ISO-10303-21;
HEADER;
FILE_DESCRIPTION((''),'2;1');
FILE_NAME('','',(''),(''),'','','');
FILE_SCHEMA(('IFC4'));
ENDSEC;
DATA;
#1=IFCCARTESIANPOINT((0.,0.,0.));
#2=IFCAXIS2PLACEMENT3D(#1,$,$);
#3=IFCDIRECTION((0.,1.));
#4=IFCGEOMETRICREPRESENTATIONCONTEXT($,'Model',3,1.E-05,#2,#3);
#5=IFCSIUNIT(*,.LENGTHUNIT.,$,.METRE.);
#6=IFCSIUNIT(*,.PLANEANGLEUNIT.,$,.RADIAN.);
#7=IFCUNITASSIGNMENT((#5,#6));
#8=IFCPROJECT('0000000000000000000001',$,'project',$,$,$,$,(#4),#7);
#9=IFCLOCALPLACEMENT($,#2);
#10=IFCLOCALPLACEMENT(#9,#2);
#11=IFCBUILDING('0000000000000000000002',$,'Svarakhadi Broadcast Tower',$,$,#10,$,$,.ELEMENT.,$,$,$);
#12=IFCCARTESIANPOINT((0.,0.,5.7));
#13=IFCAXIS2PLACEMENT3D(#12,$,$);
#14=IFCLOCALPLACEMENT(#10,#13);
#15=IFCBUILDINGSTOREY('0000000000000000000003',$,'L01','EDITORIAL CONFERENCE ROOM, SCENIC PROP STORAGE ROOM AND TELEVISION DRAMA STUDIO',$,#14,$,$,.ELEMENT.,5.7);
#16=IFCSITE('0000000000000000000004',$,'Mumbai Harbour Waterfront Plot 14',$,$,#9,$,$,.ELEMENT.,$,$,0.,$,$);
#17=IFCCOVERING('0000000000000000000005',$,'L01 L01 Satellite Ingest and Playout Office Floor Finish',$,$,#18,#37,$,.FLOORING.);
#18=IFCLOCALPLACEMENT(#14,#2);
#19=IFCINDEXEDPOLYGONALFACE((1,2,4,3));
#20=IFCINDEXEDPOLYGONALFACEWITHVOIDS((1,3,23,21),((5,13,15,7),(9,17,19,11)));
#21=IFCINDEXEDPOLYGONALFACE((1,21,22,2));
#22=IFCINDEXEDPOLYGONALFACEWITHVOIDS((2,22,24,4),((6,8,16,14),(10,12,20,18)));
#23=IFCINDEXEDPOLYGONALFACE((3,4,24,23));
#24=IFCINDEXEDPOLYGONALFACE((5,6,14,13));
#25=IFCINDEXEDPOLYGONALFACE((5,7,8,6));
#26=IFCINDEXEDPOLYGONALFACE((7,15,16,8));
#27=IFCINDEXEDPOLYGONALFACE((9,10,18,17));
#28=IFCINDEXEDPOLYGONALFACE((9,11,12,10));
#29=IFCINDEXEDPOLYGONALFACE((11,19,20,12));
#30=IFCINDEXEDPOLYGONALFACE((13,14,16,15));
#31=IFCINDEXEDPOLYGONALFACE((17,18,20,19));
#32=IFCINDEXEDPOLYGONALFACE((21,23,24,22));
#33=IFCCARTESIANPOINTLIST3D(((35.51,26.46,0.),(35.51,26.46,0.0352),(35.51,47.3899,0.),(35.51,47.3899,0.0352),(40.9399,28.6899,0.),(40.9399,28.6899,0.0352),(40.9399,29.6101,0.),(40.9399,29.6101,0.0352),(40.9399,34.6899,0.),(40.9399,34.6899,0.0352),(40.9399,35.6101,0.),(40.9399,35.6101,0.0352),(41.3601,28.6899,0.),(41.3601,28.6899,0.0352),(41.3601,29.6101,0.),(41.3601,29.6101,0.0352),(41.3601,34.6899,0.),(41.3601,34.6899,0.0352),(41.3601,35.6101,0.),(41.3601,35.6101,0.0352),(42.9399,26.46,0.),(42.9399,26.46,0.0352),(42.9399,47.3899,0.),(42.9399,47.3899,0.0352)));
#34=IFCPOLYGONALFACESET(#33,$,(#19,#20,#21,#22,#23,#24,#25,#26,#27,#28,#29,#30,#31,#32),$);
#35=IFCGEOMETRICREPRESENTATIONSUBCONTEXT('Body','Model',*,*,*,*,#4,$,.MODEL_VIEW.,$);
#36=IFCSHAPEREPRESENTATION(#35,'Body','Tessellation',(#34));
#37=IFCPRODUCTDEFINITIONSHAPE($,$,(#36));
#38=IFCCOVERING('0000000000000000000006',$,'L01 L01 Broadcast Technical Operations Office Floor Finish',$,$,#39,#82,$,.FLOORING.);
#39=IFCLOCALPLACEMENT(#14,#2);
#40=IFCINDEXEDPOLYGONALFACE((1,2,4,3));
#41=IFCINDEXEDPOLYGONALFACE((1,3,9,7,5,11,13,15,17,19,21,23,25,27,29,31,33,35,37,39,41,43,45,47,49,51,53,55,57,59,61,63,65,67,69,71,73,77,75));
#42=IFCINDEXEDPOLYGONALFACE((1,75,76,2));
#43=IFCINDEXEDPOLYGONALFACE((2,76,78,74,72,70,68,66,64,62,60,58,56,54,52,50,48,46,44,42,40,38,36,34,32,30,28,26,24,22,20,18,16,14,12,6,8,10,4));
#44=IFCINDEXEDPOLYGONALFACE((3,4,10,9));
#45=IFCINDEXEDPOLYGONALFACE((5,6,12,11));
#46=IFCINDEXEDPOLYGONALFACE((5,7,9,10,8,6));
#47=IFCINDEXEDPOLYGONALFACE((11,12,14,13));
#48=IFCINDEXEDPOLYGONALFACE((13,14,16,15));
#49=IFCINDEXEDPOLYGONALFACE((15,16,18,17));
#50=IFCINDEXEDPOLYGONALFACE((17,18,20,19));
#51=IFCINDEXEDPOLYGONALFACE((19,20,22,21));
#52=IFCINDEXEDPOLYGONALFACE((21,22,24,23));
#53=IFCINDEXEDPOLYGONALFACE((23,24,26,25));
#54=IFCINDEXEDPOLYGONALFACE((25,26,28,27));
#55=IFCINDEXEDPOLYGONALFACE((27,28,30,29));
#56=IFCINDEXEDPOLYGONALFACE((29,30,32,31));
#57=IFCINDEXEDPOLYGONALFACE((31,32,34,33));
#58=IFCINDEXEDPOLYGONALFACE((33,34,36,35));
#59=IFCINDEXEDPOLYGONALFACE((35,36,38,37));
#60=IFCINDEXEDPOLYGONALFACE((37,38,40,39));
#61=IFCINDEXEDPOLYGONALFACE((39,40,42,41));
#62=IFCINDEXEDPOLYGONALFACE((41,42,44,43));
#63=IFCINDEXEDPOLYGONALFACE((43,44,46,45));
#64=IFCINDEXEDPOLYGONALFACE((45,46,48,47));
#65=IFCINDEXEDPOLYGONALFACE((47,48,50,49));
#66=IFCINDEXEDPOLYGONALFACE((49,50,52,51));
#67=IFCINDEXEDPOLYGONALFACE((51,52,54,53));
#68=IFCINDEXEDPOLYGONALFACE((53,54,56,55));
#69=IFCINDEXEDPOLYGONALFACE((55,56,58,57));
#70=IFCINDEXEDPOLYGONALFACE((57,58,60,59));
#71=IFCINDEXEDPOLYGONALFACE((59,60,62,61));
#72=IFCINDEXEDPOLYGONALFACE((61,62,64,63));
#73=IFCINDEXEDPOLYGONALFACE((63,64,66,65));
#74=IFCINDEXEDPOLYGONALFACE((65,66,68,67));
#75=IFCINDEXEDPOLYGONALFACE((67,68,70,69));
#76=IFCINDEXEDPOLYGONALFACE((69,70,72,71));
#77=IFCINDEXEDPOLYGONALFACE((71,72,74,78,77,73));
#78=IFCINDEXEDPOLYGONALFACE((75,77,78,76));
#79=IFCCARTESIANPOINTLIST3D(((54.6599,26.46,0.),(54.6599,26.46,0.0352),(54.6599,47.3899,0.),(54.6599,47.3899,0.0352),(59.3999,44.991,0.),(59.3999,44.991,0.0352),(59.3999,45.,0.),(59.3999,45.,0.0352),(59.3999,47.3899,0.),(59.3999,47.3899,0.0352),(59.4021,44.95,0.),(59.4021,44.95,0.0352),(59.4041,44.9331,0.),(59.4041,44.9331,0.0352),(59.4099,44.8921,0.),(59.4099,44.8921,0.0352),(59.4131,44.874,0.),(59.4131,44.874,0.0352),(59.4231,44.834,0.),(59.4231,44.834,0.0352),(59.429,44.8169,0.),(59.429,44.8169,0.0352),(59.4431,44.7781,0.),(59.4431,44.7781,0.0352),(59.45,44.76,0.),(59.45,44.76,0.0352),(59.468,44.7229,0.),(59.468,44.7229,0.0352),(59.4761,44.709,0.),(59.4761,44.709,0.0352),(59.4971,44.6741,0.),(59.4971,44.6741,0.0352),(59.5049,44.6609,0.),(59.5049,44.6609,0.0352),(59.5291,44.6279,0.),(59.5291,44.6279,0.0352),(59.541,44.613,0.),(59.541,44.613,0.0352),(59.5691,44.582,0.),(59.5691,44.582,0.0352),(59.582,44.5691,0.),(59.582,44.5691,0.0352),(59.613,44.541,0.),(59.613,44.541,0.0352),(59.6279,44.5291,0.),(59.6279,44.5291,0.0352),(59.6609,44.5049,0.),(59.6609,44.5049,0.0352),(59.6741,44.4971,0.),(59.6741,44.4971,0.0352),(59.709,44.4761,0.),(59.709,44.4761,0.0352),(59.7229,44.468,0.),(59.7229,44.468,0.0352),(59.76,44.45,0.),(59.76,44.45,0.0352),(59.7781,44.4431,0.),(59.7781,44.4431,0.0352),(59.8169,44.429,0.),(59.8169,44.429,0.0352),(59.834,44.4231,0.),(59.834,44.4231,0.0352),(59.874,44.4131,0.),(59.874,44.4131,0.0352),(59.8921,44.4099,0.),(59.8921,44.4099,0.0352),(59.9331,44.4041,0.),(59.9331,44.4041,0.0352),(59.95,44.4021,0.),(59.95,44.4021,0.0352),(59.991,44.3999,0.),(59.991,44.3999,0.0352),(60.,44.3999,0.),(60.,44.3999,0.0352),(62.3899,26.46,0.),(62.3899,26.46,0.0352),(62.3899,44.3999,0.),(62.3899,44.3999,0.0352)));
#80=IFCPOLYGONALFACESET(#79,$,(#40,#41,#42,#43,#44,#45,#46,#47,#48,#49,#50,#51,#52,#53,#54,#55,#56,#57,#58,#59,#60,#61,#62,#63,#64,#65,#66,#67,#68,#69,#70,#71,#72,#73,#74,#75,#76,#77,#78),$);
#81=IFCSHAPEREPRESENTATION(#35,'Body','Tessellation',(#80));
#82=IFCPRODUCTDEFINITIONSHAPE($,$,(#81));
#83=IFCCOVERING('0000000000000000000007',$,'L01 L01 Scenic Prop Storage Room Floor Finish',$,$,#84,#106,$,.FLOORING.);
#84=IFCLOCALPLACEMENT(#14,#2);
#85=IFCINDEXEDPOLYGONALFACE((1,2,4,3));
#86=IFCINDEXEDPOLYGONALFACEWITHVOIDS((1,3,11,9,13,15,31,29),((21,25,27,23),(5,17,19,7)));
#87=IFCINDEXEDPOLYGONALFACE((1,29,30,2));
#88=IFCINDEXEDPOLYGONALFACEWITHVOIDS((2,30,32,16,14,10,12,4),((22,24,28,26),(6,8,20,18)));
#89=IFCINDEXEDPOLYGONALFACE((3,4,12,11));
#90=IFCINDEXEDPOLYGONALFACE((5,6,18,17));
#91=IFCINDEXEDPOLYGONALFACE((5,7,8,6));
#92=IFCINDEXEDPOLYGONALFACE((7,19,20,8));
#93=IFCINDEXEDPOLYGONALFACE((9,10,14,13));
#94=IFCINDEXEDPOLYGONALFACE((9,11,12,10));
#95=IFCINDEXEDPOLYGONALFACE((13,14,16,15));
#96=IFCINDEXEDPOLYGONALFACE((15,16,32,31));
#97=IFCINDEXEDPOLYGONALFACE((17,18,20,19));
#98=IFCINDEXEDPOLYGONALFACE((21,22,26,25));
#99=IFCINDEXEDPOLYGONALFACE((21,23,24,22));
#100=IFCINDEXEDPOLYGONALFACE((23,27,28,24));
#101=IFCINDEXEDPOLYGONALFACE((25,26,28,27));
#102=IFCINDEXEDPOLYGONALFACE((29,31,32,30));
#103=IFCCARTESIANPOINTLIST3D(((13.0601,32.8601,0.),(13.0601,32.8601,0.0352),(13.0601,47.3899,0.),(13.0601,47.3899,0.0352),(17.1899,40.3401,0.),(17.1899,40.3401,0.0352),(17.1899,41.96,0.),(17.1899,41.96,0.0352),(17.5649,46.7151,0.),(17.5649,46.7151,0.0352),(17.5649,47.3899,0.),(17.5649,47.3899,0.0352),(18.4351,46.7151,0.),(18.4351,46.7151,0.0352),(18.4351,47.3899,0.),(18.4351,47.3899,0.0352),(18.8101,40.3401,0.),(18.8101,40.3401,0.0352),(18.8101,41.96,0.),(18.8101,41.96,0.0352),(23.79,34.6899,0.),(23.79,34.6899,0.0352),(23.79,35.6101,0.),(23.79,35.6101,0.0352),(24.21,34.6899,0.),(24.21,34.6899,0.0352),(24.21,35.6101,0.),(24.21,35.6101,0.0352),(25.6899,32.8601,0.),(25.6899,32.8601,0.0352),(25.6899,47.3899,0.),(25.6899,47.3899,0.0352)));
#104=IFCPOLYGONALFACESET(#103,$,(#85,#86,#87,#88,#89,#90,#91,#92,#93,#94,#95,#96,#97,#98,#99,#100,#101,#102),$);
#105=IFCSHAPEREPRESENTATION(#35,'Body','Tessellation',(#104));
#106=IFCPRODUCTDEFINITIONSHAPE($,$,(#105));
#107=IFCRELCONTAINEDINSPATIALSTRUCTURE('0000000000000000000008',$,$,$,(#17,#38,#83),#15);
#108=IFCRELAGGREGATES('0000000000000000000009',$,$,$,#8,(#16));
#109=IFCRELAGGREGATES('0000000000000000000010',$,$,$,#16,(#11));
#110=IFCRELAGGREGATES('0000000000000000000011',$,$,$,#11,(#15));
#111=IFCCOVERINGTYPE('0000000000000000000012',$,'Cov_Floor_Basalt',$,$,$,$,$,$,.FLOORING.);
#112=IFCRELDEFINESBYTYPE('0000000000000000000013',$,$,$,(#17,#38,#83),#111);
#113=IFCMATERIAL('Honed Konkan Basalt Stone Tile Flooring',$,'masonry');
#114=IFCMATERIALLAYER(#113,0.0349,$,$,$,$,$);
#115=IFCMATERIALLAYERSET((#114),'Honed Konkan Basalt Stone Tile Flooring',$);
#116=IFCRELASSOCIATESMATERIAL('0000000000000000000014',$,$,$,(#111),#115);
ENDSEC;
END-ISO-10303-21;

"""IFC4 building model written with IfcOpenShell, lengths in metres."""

from ifc_helpers import new_model, si_unit, direction, frame, origin, place, context, subcontext, project, spatial, polyline, outline, extrude, material, layer, layer_set, type_object, element, save


model = new_model("IFC4")

# Units and contexts
model_context = context("Model", 3, precision=1e-05, world=origin(), true_north=direction((0.0, 1.0)))
body_context = subcontext(model_context, "Body", "Model", "MODEL_VIEW")
ifc_project = project(units=[si_unit("LENGTHUNIT", "METRE"), si_unit("PLANEANGLEUNIT", "RADIAN")], contexts=[model_context])

# Site, building, storey
site_placement = place(None, origin())
site = spatial("IfcSite", under=ifc_project, at=site_placement, Name="Mumbai Harbour Waterfront Plot 14", CompositionType="ELEMENT", RefElevation=0.0)
building_placement = place(site_placement, origin())
building = spatial("IfcBuilding", under=site, at=building_placement, Name="Svarakhadi Broadcast Tower", CompositionType="ELEMENT")
storey_placement = place(building_placement, frame((0.0, 0.0, 5.7)))
storey = spatial("IfcBuildingStorey", under=building, at=storey_placement, Name="L01", Description="EDITORIAL CONFERENCE ROOM, SCENIC PROP STORAGE ROOM AND TELEVISION DRAMA STUDIO", CompositionType="ELEMENT", Elevation=5.7)

# Coverings
ifc_material_1 = material(Name="Honed Konkan Basalt Stone Tile Flooring", Category="masonry")
ifc_layer_1 = layer(ifc_material_1, 0.0349)
ifc_layer_set_1 = layer_set([ifc_layer_1], Name="Honed Konkan Basalt Stone Tile Flooring")
covering_type_1 = type_object("IfcCoveringType", Name="Cov_Floor_Basalt", PredefinedType="FLOORING", material=ifc_layer_set_1)
covering_1_placement = place(storey_placement, origin())
element("IfcCovering", 1, at=covering_1_placement, inside=storey, type_object=covering_type_1, Name="L01 L01 Satellite Ingest and Playout Office Floor Finish", PredefinedType="FLOORING", context=body_context, shape_type="SweptSolid", body=[
    extrude(outline(polyline([(42.9399, 47.3899), (42.9399, 26.46), (35.51, 26.46), (35.51, 47.3899), (42.9399, 47.3899)]), holes=[polyline([(40.9399, 28.6899), (41.3601, 28.6899), (41.3601, 29.6101), (40.9399, 29.6101), (40.9399, 28.6899)]), polyline([(40.9399, 34.6899), (41.3601, 34.6899), (41.3601, 35.6101), (40.9399, 35.6101), (40.9399, 34.6899)])]), origin(), (0.0, 0.0, 1.0), 0.0352),
])
covering_2_placement = place(storey_placement, origin())
element("IfcCovering", 2, at=covering_2_placement, inside=storey, type_object=covering_type_1, Name="L01 L01 Broadcast Technical Operations Office Floor Finish", PredefinedType="FLOORING", context=body_context, shape_type="SweptSolid", body=[
    extrude(outline(polyline([(54.6599, 47.3899), (59.3999, 47.3899), (59.3999, 45.0), (59.3999, 44.991), (59.4021, 44.95), (59.4041, 44.9331), (59.4099, 44.8921), (59.4131, 44.874), (59.4231, 44.834), (59.429, 44.8169), (59.4431, 44.7781), (59.45, 44.76), (59.468, 44.7229), (59.4761, 44.709), (59.4971, 44.6741), (59.5049, 44.6609), (59.5291, 44.6279), (59.541, 44.613), (59.5691, 44.582), (59.582, 44.5691), (59.613, 44.541), (59.6279, 44.5291), (59.6609, 44.5049), (59.6741, 44.4971), (59.709, 44.4761), (59.7229, 44.468), (59.76, 44.45), (59.7781, 44.4431), (59.8169, 44.429), (59.834, 44.4231), (59.874, 44.4131), (59.8921, 44.4099), (59.9331, 44.4041), (59.95, 44.4021), (59.991, 44.3999), (60.0, 44.3999), (62.3899, 44.3999), (62.3899, 26.46), (54.6599, 26.46), (54.6599, 47.3899)])), origin(), (0.0, 0.0, 1.0), 0.0352),
])
covering_3_placement = place(storey_placement, origin())
element("IfcCovering", 3, at=covering_3_placement, inside=storey, type_object=covering_type_1, Name="L01 L01 Scenic Prop Storage Room Floor Finish", PredefinedType="FLOORING", context=body_context, shape_type="SweptSolid", body=[
    extrude(outline(polyline([(17.5649, 47.3899), (17.5649, 46.7151), (18.4351, 46.7151), (18.4351, 47.3899), (25.6899, 47.3899), (25.6899, 32.8601), (13.0601, 32.8601), (13.0601, 47.3899), (17.5649, 47.3899)]), holes=[polyline([(23.79, 34.6899), (24.21, 34.6899), (24.21, 35.6101), (23.79, 35.6101), (23.79, 34.6899)]), polyline([(17.1899, 40.3401), (18.8101, 40.3401), (18.8101, 41.96), (17.1899, 41.96), (17.1899, 40.3401)])]), origin(), (0.0, 0.0, 1.0), 0.0352),
])

save(model, "model.ifc")
